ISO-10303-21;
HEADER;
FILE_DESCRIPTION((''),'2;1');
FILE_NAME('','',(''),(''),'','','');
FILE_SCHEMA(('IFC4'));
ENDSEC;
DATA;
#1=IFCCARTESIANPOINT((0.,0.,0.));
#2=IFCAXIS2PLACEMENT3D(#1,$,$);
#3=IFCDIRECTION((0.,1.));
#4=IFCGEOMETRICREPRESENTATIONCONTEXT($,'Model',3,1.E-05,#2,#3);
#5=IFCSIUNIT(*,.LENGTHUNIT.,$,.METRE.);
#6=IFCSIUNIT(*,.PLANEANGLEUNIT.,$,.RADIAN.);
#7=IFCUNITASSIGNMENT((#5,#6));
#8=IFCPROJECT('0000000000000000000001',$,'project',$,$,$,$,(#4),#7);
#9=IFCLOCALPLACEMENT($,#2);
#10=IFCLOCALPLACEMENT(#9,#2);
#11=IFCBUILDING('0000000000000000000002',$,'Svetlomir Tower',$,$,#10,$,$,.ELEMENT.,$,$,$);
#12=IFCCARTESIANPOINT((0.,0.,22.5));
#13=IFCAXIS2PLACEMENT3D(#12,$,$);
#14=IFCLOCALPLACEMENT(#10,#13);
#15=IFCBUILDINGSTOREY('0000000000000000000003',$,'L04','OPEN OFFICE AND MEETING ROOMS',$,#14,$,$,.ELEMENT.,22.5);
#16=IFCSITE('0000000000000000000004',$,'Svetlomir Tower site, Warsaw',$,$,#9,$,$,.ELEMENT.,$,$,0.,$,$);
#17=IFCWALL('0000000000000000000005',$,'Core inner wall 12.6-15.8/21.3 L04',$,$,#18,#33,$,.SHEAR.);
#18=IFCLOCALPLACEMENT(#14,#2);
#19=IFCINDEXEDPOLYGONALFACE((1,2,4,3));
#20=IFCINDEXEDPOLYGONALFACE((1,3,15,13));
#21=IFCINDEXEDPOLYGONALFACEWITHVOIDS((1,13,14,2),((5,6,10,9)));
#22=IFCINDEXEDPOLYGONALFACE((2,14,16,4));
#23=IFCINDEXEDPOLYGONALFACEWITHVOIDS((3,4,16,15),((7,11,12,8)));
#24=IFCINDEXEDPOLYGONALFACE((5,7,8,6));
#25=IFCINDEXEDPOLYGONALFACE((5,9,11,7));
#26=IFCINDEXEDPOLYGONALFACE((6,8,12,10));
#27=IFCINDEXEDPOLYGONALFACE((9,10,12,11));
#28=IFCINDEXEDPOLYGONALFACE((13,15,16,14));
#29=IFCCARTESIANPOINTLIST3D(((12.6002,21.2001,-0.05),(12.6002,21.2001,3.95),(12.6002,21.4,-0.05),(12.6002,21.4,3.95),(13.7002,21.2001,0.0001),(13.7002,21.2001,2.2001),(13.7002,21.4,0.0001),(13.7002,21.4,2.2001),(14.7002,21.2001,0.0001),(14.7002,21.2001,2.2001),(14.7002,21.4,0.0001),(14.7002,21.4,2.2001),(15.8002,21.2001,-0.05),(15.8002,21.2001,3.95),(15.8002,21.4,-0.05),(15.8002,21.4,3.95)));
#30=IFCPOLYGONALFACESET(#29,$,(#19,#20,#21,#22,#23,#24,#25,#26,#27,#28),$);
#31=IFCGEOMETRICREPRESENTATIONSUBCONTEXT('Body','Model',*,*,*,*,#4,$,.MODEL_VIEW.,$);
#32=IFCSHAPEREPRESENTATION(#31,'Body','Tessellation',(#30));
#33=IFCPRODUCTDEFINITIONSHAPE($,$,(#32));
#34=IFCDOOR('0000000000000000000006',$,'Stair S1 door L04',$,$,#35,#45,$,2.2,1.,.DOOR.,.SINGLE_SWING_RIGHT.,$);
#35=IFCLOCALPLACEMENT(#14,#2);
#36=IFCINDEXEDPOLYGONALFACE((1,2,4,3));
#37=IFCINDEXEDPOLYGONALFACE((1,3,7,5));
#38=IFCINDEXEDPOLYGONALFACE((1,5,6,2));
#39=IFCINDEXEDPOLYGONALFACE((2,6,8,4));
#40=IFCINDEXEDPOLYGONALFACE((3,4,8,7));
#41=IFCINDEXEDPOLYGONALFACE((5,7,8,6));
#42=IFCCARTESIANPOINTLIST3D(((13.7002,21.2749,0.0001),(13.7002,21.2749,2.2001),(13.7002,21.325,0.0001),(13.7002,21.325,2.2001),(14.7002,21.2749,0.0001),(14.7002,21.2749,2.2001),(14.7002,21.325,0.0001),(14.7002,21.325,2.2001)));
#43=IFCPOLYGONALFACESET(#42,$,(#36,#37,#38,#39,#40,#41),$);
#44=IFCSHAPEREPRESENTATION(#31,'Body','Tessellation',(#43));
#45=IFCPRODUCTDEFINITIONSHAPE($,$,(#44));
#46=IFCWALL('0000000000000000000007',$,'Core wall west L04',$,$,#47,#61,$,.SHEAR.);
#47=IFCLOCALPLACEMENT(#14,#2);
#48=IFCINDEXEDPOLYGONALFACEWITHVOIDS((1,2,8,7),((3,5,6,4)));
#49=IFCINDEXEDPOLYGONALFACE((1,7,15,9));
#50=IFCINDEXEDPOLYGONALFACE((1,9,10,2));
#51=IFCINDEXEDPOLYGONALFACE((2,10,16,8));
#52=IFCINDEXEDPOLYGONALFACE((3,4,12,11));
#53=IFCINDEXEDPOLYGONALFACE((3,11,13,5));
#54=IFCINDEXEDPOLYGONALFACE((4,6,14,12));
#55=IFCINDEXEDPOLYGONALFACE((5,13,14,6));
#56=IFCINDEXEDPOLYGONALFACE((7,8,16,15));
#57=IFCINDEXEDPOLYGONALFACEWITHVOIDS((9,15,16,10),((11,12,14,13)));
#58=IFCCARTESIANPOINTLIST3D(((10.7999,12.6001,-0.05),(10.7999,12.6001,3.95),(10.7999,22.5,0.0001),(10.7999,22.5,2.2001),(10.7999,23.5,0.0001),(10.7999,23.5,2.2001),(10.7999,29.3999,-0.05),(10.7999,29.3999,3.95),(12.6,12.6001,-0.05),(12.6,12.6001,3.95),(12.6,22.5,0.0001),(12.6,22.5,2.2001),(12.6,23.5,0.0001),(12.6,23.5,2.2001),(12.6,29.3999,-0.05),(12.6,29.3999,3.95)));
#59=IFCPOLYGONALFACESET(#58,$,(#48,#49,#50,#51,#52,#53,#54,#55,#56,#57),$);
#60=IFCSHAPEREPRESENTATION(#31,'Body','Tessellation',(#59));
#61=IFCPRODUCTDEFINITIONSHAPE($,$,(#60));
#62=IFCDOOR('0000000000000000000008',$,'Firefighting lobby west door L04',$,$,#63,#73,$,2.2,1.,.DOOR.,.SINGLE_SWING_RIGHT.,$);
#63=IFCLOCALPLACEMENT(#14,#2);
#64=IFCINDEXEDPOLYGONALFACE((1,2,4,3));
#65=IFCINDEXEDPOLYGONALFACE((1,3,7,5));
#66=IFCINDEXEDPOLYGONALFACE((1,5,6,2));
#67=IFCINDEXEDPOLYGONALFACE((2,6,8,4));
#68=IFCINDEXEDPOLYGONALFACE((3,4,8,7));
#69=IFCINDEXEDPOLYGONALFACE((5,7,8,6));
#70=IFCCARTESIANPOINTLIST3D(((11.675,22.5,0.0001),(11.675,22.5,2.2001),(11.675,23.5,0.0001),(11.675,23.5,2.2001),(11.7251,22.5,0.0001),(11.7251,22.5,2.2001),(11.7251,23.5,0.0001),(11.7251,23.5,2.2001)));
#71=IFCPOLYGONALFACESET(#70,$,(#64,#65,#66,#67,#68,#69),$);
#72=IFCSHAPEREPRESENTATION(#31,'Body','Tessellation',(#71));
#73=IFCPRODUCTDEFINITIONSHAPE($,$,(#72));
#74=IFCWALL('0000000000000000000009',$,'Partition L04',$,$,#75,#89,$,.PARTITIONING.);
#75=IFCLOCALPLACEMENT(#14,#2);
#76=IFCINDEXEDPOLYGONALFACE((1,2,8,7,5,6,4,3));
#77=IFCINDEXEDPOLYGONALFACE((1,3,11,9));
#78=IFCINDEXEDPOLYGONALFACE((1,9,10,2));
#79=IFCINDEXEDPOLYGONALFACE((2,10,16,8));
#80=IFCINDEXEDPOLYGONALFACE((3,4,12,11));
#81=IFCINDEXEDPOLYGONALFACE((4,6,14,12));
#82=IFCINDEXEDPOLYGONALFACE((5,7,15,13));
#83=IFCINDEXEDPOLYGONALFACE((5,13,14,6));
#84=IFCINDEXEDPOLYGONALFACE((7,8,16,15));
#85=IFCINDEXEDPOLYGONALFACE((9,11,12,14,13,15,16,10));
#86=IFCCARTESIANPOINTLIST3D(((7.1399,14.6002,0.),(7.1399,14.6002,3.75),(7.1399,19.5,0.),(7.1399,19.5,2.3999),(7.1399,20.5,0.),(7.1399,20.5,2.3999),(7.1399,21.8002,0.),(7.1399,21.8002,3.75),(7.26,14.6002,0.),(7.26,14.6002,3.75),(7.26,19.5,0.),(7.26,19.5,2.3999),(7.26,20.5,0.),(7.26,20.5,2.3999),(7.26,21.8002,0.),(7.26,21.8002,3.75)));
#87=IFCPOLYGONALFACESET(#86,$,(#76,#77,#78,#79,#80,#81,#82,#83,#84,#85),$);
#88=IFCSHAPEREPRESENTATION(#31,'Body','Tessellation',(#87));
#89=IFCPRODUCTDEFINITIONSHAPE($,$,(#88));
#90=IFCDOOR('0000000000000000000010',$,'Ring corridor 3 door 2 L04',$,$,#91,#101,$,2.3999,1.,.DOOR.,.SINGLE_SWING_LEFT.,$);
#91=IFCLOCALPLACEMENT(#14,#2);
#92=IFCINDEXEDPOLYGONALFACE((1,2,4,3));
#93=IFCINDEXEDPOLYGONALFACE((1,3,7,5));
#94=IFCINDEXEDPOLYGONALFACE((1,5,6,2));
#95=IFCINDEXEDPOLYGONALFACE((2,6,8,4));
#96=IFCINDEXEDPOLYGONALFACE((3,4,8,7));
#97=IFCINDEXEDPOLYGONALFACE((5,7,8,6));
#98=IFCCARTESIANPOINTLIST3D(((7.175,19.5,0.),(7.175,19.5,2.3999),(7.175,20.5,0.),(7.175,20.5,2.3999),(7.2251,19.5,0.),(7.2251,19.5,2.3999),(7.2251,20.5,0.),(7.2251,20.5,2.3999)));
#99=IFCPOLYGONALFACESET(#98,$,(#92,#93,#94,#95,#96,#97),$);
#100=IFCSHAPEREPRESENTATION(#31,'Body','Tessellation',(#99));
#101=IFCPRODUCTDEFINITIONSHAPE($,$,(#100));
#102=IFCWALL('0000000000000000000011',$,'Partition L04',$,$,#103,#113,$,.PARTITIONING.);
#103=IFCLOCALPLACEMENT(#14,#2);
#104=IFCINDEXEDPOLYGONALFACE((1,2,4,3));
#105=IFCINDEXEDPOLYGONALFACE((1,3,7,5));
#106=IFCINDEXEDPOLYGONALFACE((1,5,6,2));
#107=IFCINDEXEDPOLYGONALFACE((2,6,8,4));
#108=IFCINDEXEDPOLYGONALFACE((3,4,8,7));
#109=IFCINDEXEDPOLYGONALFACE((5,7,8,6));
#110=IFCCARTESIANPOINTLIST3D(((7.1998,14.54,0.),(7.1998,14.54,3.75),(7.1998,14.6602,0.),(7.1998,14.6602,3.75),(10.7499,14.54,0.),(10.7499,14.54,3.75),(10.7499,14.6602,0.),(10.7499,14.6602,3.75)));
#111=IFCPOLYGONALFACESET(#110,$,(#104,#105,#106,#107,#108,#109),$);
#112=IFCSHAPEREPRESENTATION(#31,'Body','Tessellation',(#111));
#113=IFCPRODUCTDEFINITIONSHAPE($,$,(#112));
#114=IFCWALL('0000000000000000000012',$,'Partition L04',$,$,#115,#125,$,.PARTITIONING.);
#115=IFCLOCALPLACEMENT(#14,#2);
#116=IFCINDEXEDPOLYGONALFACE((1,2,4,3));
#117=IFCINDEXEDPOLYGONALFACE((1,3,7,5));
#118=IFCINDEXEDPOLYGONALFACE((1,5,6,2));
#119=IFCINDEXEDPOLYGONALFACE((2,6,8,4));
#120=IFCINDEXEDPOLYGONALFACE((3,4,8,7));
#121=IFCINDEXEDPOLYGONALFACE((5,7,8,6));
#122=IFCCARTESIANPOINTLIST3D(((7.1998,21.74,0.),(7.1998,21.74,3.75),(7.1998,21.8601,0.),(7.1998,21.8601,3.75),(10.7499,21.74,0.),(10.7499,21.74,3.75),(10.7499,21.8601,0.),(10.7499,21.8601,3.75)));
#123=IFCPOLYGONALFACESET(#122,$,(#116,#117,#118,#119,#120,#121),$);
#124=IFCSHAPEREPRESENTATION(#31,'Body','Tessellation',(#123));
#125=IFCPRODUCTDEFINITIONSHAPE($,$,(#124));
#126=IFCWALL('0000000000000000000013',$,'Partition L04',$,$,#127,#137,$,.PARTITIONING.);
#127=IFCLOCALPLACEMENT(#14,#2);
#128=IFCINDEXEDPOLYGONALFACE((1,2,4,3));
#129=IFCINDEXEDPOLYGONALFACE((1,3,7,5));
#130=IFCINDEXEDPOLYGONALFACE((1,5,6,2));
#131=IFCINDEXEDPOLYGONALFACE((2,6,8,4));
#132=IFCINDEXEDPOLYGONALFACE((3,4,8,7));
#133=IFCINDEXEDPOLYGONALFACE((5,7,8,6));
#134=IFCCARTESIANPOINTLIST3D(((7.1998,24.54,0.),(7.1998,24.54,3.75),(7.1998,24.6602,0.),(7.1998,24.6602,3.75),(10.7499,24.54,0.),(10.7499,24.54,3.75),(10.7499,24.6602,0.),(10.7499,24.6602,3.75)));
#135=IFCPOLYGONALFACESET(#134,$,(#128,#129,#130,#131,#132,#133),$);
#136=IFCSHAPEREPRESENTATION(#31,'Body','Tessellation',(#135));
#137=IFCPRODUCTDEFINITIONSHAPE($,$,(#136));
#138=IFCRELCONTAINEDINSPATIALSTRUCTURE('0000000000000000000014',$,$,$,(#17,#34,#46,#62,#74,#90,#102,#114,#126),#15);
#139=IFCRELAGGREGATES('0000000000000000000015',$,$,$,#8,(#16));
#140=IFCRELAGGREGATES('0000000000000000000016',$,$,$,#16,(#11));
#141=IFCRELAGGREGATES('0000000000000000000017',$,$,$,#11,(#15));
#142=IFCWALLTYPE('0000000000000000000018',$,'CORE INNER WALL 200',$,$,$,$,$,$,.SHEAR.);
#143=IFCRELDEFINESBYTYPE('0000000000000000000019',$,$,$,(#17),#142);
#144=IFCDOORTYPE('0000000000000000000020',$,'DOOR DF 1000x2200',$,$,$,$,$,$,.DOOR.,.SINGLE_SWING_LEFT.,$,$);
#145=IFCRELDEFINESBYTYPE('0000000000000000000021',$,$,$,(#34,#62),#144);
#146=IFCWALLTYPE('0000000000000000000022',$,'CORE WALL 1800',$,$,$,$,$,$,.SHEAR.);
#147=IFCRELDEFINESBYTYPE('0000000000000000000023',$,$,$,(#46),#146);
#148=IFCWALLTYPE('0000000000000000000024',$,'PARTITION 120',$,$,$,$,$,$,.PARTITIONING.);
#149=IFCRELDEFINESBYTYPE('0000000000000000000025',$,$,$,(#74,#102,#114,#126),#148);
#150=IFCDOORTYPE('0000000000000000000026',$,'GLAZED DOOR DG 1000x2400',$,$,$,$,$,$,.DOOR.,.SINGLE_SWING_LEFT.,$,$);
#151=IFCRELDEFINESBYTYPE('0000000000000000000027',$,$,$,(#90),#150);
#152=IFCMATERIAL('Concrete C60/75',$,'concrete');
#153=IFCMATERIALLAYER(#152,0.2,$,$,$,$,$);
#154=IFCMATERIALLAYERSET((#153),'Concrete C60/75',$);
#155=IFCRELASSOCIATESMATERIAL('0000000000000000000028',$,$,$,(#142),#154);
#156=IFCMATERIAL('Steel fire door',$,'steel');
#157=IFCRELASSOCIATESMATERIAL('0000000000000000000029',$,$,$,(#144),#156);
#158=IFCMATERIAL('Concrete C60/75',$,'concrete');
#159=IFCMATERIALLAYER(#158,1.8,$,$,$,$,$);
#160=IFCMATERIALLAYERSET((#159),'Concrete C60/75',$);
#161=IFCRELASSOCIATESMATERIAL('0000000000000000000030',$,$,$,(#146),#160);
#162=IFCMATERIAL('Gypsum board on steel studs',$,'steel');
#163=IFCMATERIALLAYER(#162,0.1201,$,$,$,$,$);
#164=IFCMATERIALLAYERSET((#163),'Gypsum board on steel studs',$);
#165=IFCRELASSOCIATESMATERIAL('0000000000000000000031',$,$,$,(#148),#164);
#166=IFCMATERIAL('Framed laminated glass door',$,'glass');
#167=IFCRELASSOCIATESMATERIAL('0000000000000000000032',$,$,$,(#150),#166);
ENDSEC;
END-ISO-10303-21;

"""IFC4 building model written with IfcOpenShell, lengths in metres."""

from ifc_helpers import new_model, si_unit, direction, frame, frame_2d, origin, place, context, subcontext, project, spatial, rectangle, extrude, material, layer, layer_set, type_object, element, fill, save


model = new_model("IFC4")

# Units and contexts
model_context = context("Model", 3, precision=1e-05, world=origin(), true_north=direction((0.0, 1.0)))
body_context = subcontext(model_context, "Body", "Model", "MODEL_VIEW")
ifc_project = project(units=[si_unit("LENGTHUNIT", "METRE"), si_unit("PLANEANGLEUNIT", "RADIAN")], contexts=[model_context])

# Site, building, storey
site_placement = place(None, origin())
site = spatial("IfcSite", under=ifc_project, at=site_placement, Name="Svetlomir Tower site, Warsaw", CompositionType="ELEMENT", RefElevation=0.0)
building_placement = place(site_placement, origin())
building = spatial("IfcBuilding", under=site, at=building_placement, Name="Svetlomir Tower", CompositionType="ELEMENT")
storey_placement = place(building_placement, frame((0.0, 0.0, 22.5)))
storey = spatial("IfcBuildingStorey", under=building, at=storey_placement, Name="L04", Description="OPEN OFFICE AND MEETING ROOMS", CompositionType="ELEMENT", Elevation=22.5)

# Walls, openings, doors
ifc_material_1 = material(Name="Concrete C60/75", Category="concrete")
ifc_layer_1 = layer(ifc_material_1, 0.2)
ifc_layer_set_1 = layer_set([ifc_layer_1], Name="Concrete C60/75")
wall_type_1 = type_object("IfcWallType", Name="CORE INNER WALL 200", PredefinedType="SHEAR", material=ifc_layer_set_1)
wall_1_placement = place(storey_placement, frame((12.6001, 21.3, -0.05), z_axis=(0.0, 0.0, 1.0), x_axis=(1.0, 0.0, 0.0)))
wall_1 = element("IfcWall", 1, at=wall_1_placement, inside=storey, type_object=wall_type_1, Name="Core inner wall 12.6-15.8/21.3 L04", PredefinedType="SHEAR", context=body_context, shape_type="SweptSolid", body=[
    extrude(rectangle(XDim=3.2, YDim=0.2, at=frame_2d((1.6001, 0.0))), origin(), (0.0, 0.0, 1.0), 4.0),
])
opening_1_placement = place(wall_1_placement, frame((1.1001, 0.0, 0.05)))
opening_1 = element("IfcOpeningElement", 2, at=opening_1_placement, cuts=wall_1, PredefinedType="OPENING", context=body_context, shape_type="SweptSolid", body=[
    extrude(rectangle(XDim=1.0, YDim=2.2, at=frame_2d((0.5, 1.1001))), frame((0.0, 0.1099, 0.0), z_axis=(0.0, -1.0, 0.0), x_axis=(1.0, 0.0, 0.0)), (0.0, 0.0, 1.0), 0.22),
])
ifc_material_2 = material(Name="Steel fire door", Category="steel")
door_type_1 = type_object("IfcDoorType", Name="DOOR DF 1000x2200", OperationType="SINGLE_SWING_LEFT", PredefinedType="DOOR", material=ifc_material_2)
door_1_placement = place(opening_1_placement, origin())
door_1 = element("IfcDoor", 3, at=door_1_placement, inside=storey, type_object=door_type_1, Name="Stair S1 door L04", OperationType="SINGLE_SWING_RIGHT", OverallHeight=2.2, OverallWidth=1.0, PredefinedType="DOOR", context=body_context, shape_type="SweptSolid", body=[
    extrude(rectangle(XDim=1.0, YDim=2.2, at=frame_2d((0.5, 1.1001))), frame((0.0, 0.0249, 0.0), z_axis=(0.0, -1.0, 0.0), x_axis=(1.0, 0.0, 0.0)), (0.0, 0.0, 1.0), 0.05),
])
fill(opening_1, door_1)
ifc_material_3 = material(Name="Concrete C60/75", Category="concrete")
ifc_layer_2 = layer(ifc_material_3, 1.8)
ifc_layer_set_2 = layer_set([ifc_layer_2], Name="Concrete C60/75")
wall_type_2 = type_object("IfcWallType", Name="CORE WALL 1800", PredefinedType="SHEAR", material=ifc_layer_set_2)
wall_2_placement = place(storey_placement, frame((11.7, 12.6001, -0.05), z_axis=(0.0, 0.0, 1.0), x_axis=(0.0, 1.0, 0.0)))
wall_2 = element("IfcWall", 4, at=wall_2_placement, inside=storey, type_object=wall_type_2, Name="Core wall west L04", PredefinedType="SHEAR", context=body_context, shape_type="SweptSolid", body=[
    extrude(rectangle(XDim=16.7998, YDim=1.8, at=frame_2d((8.3999, 0.0))), origin(), (0.0, 0.0, 1.0), 4.0),
])
opening_2_placement = place(wall_2_placement, frame((9.8999, 0.0, 0.05)))
opening_2 = element("IfcOpeningElement", 5, at=opening_2_placement, cuts=wall_2, PredefinedType="OPENING", context=body_context, shape_type="SweptSolid", body=[
    extrude(rectangle(XDim=1.0, YDim=2.2, at=frame_2d((0.5, 1.1001))), frame((0.0, 0.9102, 0.0), z_axis=(0.0, -1.0, 0.0), x_axis=(1.0, 0.0, 0.0)), (0.0, 0.0, 1.0), 1.8201),
])
door_2_placement = place(opening_2_placement, origin())
door_2 = element("IfcDoor", 6, at=door_2_placement, inside=storey, type_object=door_type_1, Name="Firefighting lobby west door L04", OperationType="SINGLE_SWING_RIGHT", OverallHeight=2.2, OverallWidth=1.0, PredefinedType="DOOR", context=body_context, shape_type="SweptSolid", body=[
    extrude(rectangle(XDim=1.0, YDim=2.2, at=frame_2d((0.5, 1.1001))), frame((0.0, 0.0249, 0.0), z_axis=(0.0, -1.0, 0.0), x_axis=(1.0, 0.0, 0.0)), (0.0, 0.0, 1.0), 0.05),
])
fill(opening_2, door_2)
ifc_material_4 = material(Name="Gypsum board on steel studs", Category="steel")
ifc_layer_3 = layer(ifc_material_4, 0.1201)
ifc_layer_set_3 = layer_set([ifc_layer_3], Name="Gypsum board on steel studs")
wall_type_3 = type_object("IfcWallType", Name="PARTITION 120", PredefinedType="PARTITIONING", material=ifc_layer_set_3)
wall_3_placement = place(storey_placement, frame((7.2, 14.6001, 0.0), z_axis=(0.0, 0.0, 1.0), x_axis=(0.0, 1.0, 0.0)))
wall_3 = element("IfcWall", 7, at=wall_3_placement, inside=storey, type_object=wall_type_3, Name="Partition L04", PredefinedType="PARTITIONING", context=body_context, shape_type="SweptSolid", body=[
    extrude(rectangle(XDim=7.2, YDim=0.1201, at=frame_2d((3.6001, 0.0))), origin(), (0.0, 0.0, 1.0), 3.75),
])
opening_3_placement = place(wall_3_placement, frame((4.8999, 0.0, 0.0)))
opening_3 = element("IfcOpeningElement", 8, at=opening_3_placement, cuts=wall_3, PredefinedType="OPENING", context=body_context, shape_type="SweptSolid", body=[
    extrude(rectangle(XDim=1.0, YDim=2.3999, at=frame_2d((0.5, 1.2))), frame((0.0, 0.0701, 0.0), z_axis=(0.0, -1.0, 0.0), x_axis=(1.0, 0.0, 0.0)), (0.0, 0.0, 1.0), 0.1401),
])
ifc_material_5 = material(Name="Framed laminated glass door", Category="glass")
door_type_2 = type_object("IfcDoorType", Name="GLAZED DOOR DG 1000x2400", OperationType="SINGLE_SWING_LEFT", PredefinedType="DOOR", material=ifc_material_5)
door_3_placement = place(opening_3_placement, origin())
door_3 = element("IfcDoor", 9, at=door_3_placement, inside=storey, type_object=door_type_2, Name="Ring corridor 3 door 2 L04", OperationType="SINGLE_SWING_LEFT", OverallHeight=2.3999, OverallWidth=1.0, PredefinedType="DOOR", context=body_context, shape_type="SweptSolid", body=[
    extrude(rectangle(XDim=1.0, YDim=2.3999, at=frame_2d((0.5, 1.2))), frame((0.0, 0.0249, 0.0), z_axis=(0.0, -1.0, 0.0), x_axis=(1.0, 0.0, 0.0)), (0.0, 0.0, 1.0), 0.05),
])
fill(opening_3, door_3)

# Walls
for number, where, z_axis, x_axis, name in (
    (10, (7.2, 14.6001, 0.0), (0.0, 0.0, 1.0), (1.0, 0.0, 0.0), "Partition L04"),
    (11, (7.2, 21.8, 0.0), (0.0, 0.0, 1.0), (1.0, 0.0, 0.0), "Partition L04"),
):
    element("IfcWall", number, at=place(storey_placement, frame(where, z_axis=z_axis, x_axis=x_axis)), inside=storey, type_object=wall_type_3, Name=name, PredefinedType="PARTITIONING", context=body_context, shape_type="SweptSolid", body=[
        extrude(rectangle(XDim=3.55, YDim=0.1201, at=frame_2d((1.7749, 0.0))), origin(), (0.0, 0.0, 1.0), 3.75),
    ])

# Wall
wall_4_placement = place(storey_placement, frame((7.2, 24.6001, 0.0), z_axis=(0.0, 0.0, 1.0), x_axis=(1.0, 0.0, 0.0)))
element("IfcWall", 12, at=wall_4_placement, inside=storey, type_object=wall_type_3, Name="Partition L04", PredefinedType="PARTITIONING", context=body_context, shape_type="SweptSolid", body=[
    extrude(rectangle(XDim=3.55, YDim=0.1201, at=frame_2d((1.7749, 0.0))), origin(), (0.0, 0.0, 1.0), 3.75),
])

save(model, "model.ifc")
